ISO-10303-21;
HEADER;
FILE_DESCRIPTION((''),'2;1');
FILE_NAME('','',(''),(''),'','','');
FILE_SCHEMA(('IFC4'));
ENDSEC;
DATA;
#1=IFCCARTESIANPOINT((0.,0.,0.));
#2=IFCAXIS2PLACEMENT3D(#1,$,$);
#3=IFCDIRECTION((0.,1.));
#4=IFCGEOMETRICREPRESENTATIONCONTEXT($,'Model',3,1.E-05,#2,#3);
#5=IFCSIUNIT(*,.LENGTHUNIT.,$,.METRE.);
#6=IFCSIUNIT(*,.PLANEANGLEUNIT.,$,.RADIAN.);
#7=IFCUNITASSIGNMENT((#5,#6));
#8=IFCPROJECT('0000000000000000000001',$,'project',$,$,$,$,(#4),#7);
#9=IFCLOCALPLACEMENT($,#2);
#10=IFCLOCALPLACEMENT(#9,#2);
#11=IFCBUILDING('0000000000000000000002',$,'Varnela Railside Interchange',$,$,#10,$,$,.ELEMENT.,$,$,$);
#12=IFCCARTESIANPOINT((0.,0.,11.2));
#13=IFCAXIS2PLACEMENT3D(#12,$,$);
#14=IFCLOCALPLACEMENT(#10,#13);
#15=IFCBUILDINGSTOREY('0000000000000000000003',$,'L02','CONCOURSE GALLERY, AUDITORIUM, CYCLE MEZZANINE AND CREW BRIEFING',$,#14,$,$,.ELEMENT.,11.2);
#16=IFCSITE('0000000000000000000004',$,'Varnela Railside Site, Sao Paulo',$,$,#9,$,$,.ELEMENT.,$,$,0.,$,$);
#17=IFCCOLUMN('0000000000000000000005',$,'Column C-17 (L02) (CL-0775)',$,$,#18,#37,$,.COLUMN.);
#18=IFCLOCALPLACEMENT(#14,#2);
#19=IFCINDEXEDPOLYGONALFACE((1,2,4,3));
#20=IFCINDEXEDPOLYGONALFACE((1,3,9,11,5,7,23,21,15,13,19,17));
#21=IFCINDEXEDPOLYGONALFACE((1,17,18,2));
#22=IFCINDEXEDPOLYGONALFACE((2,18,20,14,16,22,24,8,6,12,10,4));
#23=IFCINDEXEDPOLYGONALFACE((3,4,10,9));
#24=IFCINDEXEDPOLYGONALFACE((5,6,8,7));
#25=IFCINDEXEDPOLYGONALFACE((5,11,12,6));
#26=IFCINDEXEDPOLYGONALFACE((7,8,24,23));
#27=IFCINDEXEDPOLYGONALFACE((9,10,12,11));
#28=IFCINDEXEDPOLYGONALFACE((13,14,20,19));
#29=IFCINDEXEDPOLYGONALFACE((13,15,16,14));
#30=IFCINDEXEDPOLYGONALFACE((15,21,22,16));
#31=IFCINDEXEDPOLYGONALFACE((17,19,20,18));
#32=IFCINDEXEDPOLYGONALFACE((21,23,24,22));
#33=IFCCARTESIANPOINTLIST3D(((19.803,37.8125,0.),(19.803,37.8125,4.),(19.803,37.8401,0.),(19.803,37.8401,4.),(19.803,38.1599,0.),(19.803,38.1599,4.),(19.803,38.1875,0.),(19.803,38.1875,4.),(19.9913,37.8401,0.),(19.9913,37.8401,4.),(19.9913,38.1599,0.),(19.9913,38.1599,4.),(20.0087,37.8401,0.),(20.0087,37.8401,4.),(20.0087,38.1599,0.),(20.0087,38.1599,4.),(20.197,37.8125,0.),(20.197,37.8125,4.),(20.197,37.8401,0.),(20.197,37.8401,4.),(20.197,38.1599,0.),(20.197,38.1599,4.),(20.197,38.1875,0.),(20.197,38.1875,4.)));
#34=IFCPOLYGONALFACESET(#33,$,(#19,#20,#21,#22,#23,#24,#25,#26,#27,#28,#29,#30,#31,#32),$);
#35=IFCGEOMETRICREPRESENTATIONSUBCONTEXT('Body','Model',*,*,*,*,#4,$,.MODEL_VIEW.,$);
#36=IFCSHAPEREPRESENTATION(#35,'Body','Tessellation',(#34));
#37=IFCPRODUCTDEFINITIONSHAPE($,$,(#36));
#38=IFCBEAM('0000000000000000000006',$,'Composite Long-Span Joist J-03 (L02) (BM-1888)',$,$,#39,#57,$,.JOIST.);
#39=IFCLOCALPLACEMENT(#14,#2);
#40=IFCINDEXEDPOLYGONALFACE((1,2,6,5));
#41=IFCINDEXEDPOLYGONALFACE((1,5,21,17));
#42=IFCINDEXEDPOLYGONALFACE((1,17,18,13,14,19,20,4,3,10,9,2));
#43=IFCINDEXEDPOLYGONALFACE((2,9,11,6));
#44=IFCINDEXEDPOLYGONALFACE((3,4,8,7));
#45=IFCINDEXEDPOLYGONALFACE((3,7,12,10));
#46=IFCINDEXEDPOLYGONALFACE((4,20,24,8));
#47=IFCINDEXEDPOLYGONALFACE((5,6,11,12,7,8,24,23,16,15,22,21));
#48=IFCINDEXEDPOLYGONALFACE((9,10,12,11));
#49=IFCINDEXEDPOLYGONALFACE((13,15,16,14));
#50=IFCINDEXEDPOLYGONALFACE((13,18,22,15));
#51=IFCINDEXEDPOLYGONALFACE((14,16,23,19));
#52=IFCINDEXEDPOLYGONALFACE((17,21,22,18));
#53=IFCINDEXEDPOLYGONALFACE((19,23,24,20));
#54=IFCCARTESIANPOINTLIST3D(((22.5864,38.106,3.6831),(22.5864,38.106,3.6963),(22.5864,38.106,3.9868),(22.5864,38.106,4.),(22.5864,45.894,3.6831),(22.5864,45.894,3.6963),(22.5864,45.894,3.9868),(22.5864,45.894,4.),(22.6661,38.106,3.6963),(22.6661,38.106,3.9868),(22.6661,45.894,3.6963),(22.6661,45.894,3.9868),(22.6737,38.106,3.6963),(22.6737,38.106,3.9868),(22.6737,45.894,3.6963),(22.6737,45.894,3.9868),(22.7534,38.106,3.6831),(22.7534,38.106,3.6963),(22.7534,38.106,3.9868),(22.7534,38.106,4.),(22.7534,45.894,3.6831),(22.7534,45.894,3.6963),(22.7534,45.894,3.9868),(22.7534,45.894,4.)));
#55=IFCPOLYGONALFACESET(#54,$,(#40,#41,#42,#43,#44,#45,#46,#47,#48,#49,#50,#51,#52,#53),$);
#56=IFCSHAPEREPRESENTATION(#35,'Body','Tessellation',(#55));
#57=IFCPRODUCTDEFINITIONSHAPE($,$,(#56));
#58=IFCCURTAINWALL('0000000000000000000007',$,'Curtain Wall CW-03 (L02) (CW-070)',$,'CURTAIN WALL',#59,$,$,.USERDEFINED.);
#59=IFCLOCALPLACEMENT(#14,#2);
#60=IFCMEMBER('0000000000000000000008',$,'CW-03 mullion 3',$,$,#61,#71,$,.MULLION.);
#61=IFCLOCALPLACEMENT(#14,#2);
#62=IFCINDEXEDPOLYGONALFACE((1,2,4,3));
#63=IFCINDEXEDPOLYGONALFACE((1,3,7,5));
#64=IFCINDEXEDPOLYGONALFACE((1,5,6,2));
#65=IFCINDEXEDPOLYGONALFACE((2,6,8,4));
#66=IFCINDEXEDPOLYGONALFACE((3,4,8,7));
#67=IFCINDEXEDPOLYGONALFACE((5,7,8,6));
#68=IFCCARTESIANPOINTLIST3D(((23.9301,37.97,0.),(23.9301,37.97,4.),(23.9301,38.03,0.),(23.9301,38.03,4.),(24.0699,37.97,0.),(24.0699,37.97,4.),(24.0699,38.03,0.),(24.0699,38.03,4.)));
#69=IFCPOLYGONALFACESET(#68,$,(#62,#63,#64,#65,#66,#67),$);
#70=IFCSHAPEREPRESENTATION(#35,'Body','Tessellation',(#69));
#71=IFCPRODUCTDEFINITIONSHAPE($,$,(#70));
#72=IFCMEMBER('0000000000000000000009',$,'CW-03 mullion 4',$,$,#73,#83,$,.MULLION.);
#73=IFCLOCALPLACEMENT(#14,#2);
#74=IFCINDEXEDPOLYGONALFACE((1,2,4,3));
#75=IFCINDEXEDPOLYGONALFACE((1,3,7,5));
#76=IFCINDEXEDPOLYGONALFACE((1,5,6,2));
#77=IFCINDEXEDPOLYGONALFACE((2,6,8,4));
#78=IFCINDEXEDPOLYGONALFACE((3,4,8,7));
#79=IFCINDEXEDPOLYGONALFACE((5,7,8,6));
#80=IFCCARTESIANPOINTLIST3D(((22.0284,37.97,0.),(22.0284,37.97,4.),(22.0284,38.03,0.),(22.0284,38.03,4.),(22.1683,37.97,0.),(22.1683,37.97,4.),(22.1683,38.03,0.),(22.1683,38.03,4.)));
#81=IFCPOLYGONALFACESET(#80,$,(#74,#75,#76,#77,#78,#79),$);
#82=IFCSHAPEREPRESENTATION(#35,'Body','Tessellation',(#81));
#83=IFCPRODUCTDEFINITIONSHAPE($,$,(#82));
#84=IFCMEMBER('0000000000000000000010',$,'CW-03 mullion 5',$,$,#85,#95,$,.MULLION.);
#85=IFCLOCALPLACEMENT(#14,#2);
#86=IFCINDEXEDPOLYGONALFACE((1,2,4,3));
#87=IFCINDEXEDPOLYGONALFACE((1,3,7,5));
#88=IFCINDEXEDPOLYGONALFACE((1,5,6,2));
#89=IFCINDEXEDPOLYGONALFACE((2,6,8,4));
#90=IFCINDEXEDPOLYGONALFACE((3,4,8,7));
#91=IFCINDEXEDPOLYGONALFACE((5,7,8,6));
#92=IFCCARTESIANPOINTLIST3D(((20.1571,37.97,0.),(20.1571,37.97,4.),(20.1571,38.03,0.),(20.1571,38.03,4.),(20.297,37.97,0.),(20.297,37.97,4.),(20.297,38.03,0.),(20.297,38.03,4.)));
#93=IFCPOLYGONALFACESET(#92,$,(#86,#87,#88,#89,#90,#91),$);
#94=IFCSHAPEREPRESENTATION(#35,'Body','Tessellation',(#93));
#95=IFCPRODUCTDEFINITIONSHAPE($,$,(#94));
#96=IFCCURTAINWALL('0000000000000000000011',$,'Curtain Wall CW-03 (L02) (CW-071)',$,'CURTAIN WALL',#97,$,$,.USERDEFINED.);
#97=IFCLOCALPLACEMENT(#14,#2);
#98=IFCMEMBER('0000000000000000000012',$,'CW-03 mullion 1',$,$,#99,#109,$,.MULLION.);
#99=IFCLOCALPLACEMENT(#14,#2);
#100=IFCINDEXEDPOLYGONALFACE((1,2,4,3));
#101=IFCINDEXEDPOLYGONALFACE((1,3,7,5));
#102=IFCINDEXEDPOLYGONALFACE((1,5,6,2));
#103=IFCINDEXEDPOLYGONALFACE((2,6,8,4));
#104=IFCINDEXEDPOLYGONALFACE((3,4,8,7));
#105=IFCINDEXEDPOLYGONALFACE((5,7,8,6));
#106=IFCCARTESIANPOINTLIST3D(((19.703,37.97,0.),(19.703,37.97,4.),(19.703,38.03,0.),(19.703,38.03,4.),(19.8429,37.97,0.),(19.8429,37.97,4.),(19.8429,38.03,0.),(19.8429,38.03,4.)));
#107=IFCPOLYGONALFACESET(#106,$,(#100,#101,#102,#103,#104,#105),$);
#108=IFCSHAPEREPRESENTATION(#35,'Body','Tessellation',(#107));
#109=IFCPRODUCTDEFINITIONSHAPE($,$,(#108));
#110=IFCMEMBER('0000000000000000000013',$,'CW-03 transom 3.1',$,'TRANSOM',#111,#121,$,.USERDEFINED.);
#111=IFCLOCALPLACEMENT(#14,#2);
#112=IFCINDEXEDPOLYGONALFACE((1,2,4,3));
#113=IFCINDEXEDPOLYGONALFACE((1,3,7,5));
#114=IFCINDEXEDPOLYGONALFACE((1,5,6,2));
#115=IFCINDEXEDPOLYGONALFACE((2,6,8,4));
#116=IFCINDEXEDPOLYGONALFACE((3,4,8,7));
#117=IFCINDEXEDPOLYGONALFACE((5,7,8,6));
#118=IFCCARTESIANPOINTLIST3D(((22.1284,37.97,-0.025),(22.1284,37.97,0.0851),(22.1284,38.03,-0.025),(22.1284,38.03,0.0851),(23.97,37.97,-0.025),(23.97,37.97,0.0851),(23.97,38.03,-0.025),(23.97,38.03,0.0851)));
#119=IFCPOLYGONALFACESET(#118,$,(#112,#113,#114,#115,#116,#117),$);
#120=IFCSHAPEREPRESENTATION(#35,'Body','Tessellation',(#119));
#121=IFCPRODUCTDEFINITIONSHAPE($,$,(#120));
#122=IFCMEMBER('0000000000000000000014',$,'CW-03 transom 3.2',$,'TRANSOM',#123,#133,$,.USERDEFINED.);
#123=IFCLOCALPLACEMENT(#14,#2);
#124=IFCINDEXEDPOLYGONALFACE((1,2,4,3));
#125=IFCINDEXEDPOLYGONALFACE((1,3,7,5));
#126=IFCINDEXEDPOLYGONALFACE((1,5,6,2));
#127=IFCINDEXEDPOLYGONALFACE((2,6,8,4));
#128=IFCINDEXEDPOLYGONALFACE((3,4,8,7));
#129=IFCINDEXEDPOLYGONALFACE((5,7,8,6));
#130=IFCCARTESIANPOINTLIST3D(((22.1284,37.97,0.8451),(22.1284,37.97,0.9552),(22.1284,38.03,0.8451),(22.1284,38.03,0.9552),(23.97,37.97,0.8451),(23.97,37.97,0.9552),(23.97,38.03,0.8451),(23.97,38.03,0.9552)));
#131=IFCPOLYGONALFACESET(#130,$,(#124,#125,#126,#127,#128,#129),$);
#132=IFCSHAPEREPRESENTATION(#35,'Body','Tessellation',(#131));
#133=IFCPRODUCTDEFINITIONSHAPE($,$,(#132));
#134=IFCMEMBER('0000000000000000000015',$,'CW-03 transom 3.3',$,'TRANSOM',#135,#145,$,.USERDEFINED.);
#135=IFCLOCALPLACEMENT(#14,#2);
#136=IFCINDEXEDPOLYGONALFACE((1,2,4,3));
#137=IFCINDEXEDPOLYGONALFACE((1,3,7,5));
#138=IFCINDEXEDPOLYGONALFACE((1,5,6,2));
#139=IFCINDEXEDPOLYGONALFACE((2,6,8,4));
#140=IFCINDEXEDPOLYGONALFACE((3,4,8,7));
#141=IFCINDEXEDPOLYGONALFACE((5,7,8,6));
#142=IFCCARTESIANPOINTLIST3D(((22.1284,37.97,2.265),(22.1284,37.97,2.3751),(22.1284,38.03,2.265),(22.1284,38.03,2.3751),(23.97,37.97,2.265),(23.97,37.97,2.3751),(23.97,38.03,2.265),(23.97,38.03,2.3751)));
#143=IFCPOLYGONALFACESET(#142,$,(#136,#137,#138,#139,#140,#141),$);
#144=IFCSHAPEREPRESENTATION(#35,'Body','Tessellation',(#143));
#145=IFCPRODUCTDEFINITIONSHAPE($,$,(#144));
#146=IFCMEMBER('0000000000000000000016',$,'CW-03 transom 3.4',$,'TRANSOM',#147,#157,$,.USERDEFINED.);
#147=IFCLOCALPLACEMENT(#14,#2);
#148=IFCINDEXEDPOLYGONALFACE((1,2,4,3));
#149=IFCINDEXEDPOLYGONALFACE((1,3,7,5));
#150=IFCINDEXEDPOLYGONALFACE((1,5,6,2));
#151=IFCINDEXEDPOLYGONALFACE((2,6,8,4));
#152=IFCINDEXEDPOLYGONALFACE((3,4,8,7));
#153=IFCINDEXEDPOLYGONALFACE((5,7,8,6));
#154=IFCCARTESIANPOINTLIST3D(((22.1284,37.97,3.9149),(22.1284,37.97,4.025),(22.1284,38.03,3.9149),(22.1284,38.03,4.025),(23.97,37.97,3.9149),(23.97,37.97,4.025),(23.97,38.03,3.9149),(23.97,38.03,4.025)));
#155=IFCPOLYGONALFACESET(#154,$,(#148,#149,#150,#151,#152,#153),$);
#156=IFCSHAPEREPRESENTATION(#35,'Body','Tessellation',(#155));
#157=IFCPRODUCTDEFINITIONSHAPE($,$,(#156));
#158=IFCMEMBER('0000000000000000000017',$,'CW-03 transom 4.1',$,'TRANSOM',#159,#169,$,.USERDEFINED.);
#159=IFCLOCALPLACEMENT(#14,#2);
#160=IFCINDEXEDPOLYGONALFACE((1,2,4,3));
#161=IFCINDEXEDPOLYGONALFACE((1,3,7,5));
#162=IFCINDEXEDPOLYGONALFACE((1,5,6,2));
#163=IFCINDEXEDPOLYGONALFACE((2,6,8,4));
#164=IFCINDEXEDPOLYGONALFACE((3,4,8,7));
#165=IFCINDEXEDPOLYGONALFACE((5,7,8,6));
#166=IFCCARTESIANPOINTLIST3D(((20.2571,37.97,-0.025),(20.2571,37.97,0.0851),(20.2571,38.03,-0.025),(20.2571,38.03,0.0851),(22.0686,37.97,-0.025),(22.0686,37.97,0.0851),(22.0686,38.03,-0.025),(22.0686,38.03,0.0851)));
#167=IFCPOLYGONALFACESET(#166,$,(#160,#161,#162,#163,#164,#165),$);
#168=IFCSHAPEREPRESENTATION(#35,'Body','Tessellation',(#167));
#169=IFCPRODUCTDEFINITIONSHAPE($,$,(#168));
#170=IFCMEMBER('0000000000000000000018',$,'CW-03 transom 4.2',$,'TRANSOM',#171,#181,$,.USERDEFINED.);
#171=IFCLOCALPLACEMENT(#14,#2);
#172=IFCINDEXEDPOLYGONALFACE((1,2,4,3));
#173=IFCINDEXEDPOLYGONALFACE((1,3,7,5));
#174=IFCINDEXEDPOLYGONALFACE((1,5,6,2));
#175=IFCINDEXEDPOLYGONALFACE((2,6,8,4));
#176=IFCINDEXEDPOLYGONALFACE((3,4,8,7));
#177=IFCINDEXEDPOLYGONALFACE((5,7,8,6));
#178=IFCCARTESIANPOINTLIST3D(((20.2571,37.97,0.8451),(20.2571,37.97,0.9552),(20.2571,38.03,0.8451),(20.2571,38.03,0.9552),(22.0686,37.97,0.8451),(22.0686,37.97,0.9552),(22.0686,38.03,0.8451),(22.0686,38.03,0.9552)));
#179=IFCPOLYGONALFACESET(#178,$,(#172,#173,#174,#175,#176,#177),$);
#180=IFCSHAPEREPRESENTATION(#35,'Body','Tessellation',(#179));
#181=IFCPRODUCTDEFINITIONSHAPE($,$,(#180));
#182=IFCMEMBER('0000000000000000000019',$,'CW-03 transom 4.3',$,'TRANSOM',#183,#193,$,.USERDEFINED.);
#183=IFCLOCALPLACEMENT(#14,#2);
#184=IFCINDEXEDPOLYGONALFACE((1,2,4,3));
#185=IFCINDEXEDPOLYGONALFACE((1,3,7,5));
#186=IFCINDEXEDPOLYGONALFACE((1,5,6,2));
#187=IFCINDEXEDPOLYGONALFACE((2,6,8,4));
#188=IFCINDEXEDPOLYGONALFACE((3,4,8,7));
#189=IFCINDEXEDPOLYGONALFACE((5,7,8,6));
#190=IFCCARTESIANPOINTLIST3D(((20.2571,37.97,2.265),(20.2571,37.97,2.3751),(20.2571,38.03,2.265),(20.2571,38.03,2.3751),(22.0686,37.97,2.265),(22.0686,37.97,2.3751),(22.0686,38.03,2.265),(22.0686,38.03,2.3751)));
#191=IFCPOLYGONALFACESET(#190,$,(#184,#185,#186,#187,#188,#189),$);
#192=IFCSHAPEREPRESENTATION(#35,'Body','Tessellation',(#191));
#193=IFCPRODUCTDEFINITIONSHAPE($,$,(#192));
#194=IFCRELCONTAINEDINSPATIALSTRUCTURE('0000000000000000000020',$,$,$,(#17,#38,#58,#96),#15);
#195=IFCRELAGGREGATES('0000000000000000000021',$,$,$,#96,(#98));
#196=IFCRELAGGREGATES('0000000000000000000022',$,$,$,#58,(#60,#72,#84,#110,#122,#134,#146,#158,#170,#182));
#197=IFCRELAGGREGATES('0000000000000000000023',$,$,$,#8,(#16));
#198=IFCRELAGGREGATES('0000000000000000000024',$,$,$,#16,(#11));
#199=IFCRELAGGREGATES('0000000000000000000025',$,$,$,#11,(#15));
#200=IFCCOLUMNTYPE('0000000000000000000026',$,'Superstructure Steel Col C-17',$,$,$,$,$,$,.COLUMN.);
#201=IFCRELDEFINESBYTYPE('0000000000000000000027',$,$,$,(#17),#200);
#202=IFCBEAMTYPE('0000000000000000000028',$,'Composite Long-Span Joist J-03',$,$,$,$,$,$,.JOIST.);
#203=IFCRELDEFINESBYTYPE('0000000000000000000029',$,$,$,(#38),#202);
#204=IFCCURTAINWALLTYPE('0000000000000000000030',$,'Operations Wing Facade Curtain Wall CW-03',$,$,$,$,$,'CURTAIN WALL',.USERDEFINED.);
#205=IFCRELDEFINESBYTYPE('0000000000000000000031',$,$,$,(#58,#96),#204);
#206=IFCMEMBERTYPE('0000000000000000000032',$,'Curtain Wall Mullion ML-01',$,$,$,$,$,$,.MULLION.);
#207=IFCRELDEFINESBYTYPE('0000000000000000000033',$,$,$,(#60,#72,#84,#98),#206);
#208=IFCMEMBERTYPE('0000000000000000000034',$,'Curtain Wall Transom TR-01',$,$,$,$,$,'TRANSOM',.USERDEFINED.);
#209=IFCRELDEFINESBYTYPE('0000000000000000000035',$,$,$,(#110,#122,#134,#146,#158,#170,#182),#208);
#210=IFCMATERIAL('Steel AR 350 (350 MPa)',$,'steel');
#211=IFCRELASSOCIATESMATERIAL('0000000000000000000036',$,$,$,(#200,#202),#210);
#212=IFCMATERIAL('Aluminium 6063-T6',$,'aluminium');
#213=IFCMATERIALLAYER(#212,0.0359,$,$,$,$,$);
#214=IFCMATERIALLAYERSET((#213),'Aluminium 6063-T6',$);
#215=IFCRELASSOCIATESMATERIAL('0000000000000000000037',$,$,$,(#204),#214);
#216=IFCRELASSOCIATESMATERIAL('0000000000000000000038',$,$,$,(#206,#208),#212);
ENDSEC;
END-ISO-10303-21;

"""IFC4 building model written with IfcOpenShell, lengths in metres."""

from ifc_helpers import new_model, si_unit, direction, frame, origin, origin_2d, place, context, subcontext, project, spatial, rectangle, i_section, extrude, material, layer, layer_set, material_profile, profile_set, type_object, element, aggregate, save


model = new_model("IFC4")

# Units and contexts
model_context = context("Model", 3, precision=1e-05, world=origin(), true_north=direction((0.0, 1.0)))
body_context = subcontext(model_context, "Body", "Model", "MODEL_VIEW")
ifc_project = project(units=[si_unit("LENGTHUNIT", "METRE"), si_unit("PLANEANGLEUNIT", "RADIAN")], contexts=[model_context])

# Site, building, storey
site_placement = place(None, origin())
site = spatial("IfcSite", under=ifc_project, at=site_placement, Name="Varnela Railside Site, Sao Paulo", CompositionType="ELEMENT", RefElevation=0.0)
building_placement = place(site_placement, origin())
building = spatial("IfcBuilding", under=site, at=building_placement, Name="Varnela Railside Interchange", CompositionType="ELEMENT")
storey_placement = place(building_placement, frame((0.0, 0.0, 11.2)))
storey = spatial("IfcBuildingStorey", under=building, at=storey_placement, Name="L02", Description="CONCOURSE GALLERY, AUDITORIUM, CYCLE MEZZANINE AND CREW BRIEFING", CompositionType="ELEMENT", Elevation=11.2)

# Column
ifc_material_1 = material(Name="Steel AR 350 (350 MPa)", Category="steel")
ifc_material_profile_1 = material_profile(ifc_material_1, i_section(OverallWidth=0.394, OverallDepth=0.375, WebThickness=0.0173, FlangeThickness=0.0276, at=origin_2d()), Name="W360x216")
ifc_profile_set_1 = profile_set([ifc_material_profile_1], Name="Steel AR 350 (350 MPa)")
column_type = type_object("IfcColumnType", Name="Superstructure Steel Col C-17", PredefinedType="COLUMN", material=ifc_profile_set_1)
column_placement = place(storey_placement, frame((20.0, 38.0, 0.0), z_axis=(0.0, 0.0, 1.0), x_axis=(1.0, 0.0, 0.0)))
element("IfcColumn", 1, at=column_placement, inside=storey, type_object=column_type, Name="Column C-17 (L02) (CL-0775)", PredefinedType="COLUMN", context=body_context, shape_type="SweptSolid", body=[
    extrude(i_section(OverallWidth=0.394, OverallDepth=0.375, WebThickness=0.0173, FlangeThickness=0.0276, at=origin_2d()), origin(), (0.0, 0.0, 1.0), 4.0),
])

# Beam
ifc_material_profile_2 = material_profile(ifc_material_1, i_section(OverallWidth=0.167, OverallDepth=0.3169, WebThickness=0.0076, FlangeThickness=0.0132, at=origin_2d()), Name="W310x52")
ifc_profile_set_2 = profile_set([ifc_material_profile_2], Name="Steel AR 350 (350 MPa)")
beam_type_1 = type_object("IfcBeamType", Name="Composite Long-Span Joist J-03", PredefinedType="JOIST", material=ifc_profile_set_2)
beam_1_placement = place(storey_placement, frame((22.6699, 38.106, 3.8416), z_axis=(0.0, 1.0, 0.0), x_axis=(-1.0, 0.0, 0.0)))
element("IfcBeam", 2, at=beam_1_placement, inside=storey, type_object=beam_type_1, Name="Composite Long-Span Joist J-03 (L02) (BM-1888)", PredefinedType="JOIST", context=body_context, shape_type="SweptSolid", body=[
    extrude(i_section(OverallWidth=0.167, OverallDepth=0.3169, WebThickness=0.0076, FlangeThickness=0.0132, at=origin_2d()), origin(), (0.0, 0.0, 1.0), 7.7881),
])

# Curtain wall, members
ifc_material_2 = material(Name="Aluminium 6063-T6", Category="aluminium")
ifc_layer_1 = layer(ifc_material_2, 0.0359)
ifc_layer_set_1 = layer_set([ifc_layer_1], Name="Aluminium 6063-T6")
curtain_wall_type = type_object("IfcCurtainWallType", Name="Operations Wing Facade Curtain Wall CW-03", ElementType="CURTAIN WALL", PredefinedType="USERDEFINED", material=ifc_layer_set_1)
curtain_wall_1_placement = place(storey_placement, origin())
curtain_wall_1 = element("IfcCurtainWall", 3, at=curtain_wall_1_placement, inside=storey, type_object=curtain_wall_type, Name="Curtain Wall CW-03 (L02) (CW-070)", ObjectType="CURTAIN WALL", PredefinedType="USERDEFINED")
ifc_material_profile_3 = material_profile(ifc_material_2, rectangle(XDim=0.0601, YDim=0.1399, at=origin_2d()), Name="ALU 60x140")
ifc_profile_set_3 = profile_set([ifc_material_profile_3], Name="Aluminium 6063-T6")
member_type_1 = type_object("IfcMemberType", Name="Curtain Wall Mullion ML-01", PredefinedType="MULLION", material=ifc_profile_set_3)
member_1_placement = place(storey_placement, frame((24.0, 38.0, 0.0), z_axis=(0.0, 0.0, 1.0), x_axis=(0.0, -1.0, 0.0)))
member_1 = element("IfcMember", 4, at=member_1_placement, type_object=member_type_1, Name="CW-03 mullion 3", PredefinedType="MULLION", context=body_context, shape_type="SweptSolid", body=[
    extrude(rectangle(XDim=0.0601, YDim=0.1399, at=origin_2d()), origin(), (0.0, 0.0, 1.0), 4.0),
])
member_2_placement = place(storey_placement, frame((22.0984, 38.0, 0.0), z_axis=(0.0, 0.0, 1.0), x_axis=(0.0, -1.0, 0.0)))
member_2 = element("IfcMember", 5, at=member_2_placement, type_object=member_type_1, Name="CW-03 mullion 4", PredefinedType="MULLION", context=body_context, shape_type="SweptSolid", body=[
    extrude(rectangle(XDim=0.0601, YDim=0.1399, at=origin_2d()), origin(), (0.0, 0.0, 1.0), 4.0),
])
member_3_placement = place(storey_placement, frame((20.2271, 38.0, 0.0), z_axis=(0.0, 0.0, 1.0), x_axis=(0.0, -1.0, 0.0)))
member_3 = element("IfcMember", 6, at=member_3_placement, type_object=member_type_1, Name="CW-03 mullion 5", PredefinedType="MULLION", context=body_context, shape_type="SweptSolid", body=[
    extrude(rectangle(XDim=0.0601, YDim=0.1399, at=origin_2d()), origin(), (0.0, 0.0, 1.0), 4.0),
])

# Curtain wall, member
curtain_wall_2_placement = place(storey_placement, origin())
curtain_wall_2 = element("IfcCurtainWall", 7, at=curtain_wall_2_placement, inside=storey, type_object=curtain_wall_type, Name="Curtain Wall CW-03 (L02) (CW-071)", ObjectType="CURTAIN WALL", PredefinedType="USERDEFINED")
member_4_placement = place(storey_placement, frame((19.7729, 38.0, 0.0), z_axis=(0.0, 0.0, 1.0), x_axis=(0.0, -1.0, 0.0)))
member_4 = element("IfcMember", 8, at=member_4_placement, type_object=member_type_1, Name="CW-03 mullion 1", PredefinedType="MULLION", context=body_context, shape_type="SweptSolid", body=[
    extrude(rectangle(XDim=0.0601, YDim=0.1399, at=origin_2d()), origin(), (0.0, 0.0, 1.0), 4.0),
])

# Members
ifc_material_profile_4 = material_profile(ifc_material_2, rectangle(XDim=0.0601, YDim=0.1101, at=origin_2d()), Name="ALU 60x110")
ifc_profile_set_4 = profile_set([ifc_material_profile_4], Name="Aluminium 6063-T6")
member_type_2 = type_object("IfcMemberType", Name="Curtain Wall Transom TR-01", ElementType="TRANSOM", PredefinedType="USERDEFINED", material=ifc_profile_set_4)
member_5_placement = place(storey_placement, frame((23.97, 38.0, 0.03), z_axis=(-1.0, 0.0, 0.0), x_axis=(0.0, -1.0, 0.0)))
member_5 = element("IfcMember", 9, at=member_5_placement, type_object=member_type_2, Name="CW-03 transom 3.1", ObjectType="TRANSOM", PredefinedType="USERDEFINED", context=body_context, shape_type="SweptSolid", body=[
    extrude(rectangle(XDim=0.0601, YDim=0.1101, at=origin_2d()), origin(), (0.0, 0.0, 1.0), 1.8416),
])
member_6_placement = place(storey_placement, frame((23.97, 38.0, 0.9001), z_axis=(-1.0, 0.0, 0.0), x_axis=(0.0, -1.0, 0.0)))
member_6 = element("IfcMember", 10, at=member_6_placement, type_object=member_type_2, Name="CW-03 transom 3.2", ObjectType="TRANSOM", PredefinedType="USERDEFINED", context=body_context, shape_type="SweptSolid", body=[
    extrude(rectangle(XDim=0.0601, YDim=0.1101, at=origin_2d()), origin(), (0.0, 0.0, 1.0), 1.8416),
])
member_7_placement = place(storey_placement, frame((23.97, 38.0, 2.3201), z_axis=(-1.0, 0.0, 0.0), x_axis=(0.0, -1.0, 0.0)))
member_7 = element("IfcMember", 11, at=member_7_placement, type_object=member_type_2, Name="CW-03 transom 3.3", ObjectType="TRANSOM", PredefinedType="USERDEFINED", context=body_context, shape_type="SweptSolid", body=[
    extrude(rectangle(XDim=0.0601, YDim=0.1101, at=origin_2d()), origin(), (0.0, 0.0, 1.0), 1.8416),
])
member_8_placement = place(storey_placement, frame((23.97, 38.0, 3.97), z_axis=(-1.0, 0.0, 0.0), x_axis=(0.0, -1.0, 0.0)))
member_8 = element("IfcMember", 12, at=member_8_placement, type_object=member_type_2, Name="CW-03 transom 3.4", ObjectType="TRANSOM", PredefinedType="USERDEFINED", context=body_context, shape_type="SweptSolid", body=[
    extrude(rectangle(XDim=0.0601, YDim=0.1101, at=origin_2d()), origin(), (0.0, 0.0, 1.0), 1.8416),
])
member_9_placement = place(storey_placement, frame((22.0686, 38.0, 0.03), z_axis=(-1.0, 0.0, 0.0), x_axis=(0.0, -1.0, 0.0)))
member_9 = element("IfcMember", 13, at=member_9_placement, type_object=member_type_2, Name="CW-03 transom 4.1", ObjectType="TRANSOM", PredefinedType="USERDEFINED", context=body_context, shape_type="SweptSolid", body=[
    extrude(rectangle(XDim=0.0601, YDim=0.1101, at=origin_2d()), origin(), (0.0, 0.0, 1.0), 1.8115),
])
member_10_placement = place(storey_placement, frame((22.0686, 38.0, 0.9001), z_axis=(-1.0, 0.0, 0.0), x_axis=(0.0, -1.0, 0.0)))
member_10 = element("IfcMember", 14, at=member_10_placement, type_object=member_type_2, Name="CW-03 transom 4.2", ObjectType="TRANSOM", PredefinedType="USERDEFINED", context=body_context, shape_type="SweptSolid", body=[
    extrude(rectangle(XDim=0.0601, YDim=0.1101, at=origin_2d()), origin(), (0.0, 0.0, 1.0), 1.8115),
])
member_11_placement = place(storey_placement, frame((22.0686, 38.0, 2.3201), z_axis=(-1.0, 0.0, 0.0), x_axis=(0.0, -1.0, 0.0)))
member_11 = element("IfcMember", 15, at=member_11_placement, type_object=member_type_2, Name="CW-03 transom 4.3", ObjectType="TRANSOM", PredefinedType="USERDEFINED", context=body_context, shape_type="SweptSolid", body=[
    extrude(rectangle(XDim=0.0601, YDim=0.1101, at=origin_2d()), origin(), (0.0, 0.0, 1.0), 1.8115),
])
aggregate(curtain_wall_2, [member_4])

aggregate(curtain_wall_1, [member_1, member_2, member_3, member_5, member_6, member_7, member_8, member_9, member_10, member_11])

save(model, "model.ifc")
